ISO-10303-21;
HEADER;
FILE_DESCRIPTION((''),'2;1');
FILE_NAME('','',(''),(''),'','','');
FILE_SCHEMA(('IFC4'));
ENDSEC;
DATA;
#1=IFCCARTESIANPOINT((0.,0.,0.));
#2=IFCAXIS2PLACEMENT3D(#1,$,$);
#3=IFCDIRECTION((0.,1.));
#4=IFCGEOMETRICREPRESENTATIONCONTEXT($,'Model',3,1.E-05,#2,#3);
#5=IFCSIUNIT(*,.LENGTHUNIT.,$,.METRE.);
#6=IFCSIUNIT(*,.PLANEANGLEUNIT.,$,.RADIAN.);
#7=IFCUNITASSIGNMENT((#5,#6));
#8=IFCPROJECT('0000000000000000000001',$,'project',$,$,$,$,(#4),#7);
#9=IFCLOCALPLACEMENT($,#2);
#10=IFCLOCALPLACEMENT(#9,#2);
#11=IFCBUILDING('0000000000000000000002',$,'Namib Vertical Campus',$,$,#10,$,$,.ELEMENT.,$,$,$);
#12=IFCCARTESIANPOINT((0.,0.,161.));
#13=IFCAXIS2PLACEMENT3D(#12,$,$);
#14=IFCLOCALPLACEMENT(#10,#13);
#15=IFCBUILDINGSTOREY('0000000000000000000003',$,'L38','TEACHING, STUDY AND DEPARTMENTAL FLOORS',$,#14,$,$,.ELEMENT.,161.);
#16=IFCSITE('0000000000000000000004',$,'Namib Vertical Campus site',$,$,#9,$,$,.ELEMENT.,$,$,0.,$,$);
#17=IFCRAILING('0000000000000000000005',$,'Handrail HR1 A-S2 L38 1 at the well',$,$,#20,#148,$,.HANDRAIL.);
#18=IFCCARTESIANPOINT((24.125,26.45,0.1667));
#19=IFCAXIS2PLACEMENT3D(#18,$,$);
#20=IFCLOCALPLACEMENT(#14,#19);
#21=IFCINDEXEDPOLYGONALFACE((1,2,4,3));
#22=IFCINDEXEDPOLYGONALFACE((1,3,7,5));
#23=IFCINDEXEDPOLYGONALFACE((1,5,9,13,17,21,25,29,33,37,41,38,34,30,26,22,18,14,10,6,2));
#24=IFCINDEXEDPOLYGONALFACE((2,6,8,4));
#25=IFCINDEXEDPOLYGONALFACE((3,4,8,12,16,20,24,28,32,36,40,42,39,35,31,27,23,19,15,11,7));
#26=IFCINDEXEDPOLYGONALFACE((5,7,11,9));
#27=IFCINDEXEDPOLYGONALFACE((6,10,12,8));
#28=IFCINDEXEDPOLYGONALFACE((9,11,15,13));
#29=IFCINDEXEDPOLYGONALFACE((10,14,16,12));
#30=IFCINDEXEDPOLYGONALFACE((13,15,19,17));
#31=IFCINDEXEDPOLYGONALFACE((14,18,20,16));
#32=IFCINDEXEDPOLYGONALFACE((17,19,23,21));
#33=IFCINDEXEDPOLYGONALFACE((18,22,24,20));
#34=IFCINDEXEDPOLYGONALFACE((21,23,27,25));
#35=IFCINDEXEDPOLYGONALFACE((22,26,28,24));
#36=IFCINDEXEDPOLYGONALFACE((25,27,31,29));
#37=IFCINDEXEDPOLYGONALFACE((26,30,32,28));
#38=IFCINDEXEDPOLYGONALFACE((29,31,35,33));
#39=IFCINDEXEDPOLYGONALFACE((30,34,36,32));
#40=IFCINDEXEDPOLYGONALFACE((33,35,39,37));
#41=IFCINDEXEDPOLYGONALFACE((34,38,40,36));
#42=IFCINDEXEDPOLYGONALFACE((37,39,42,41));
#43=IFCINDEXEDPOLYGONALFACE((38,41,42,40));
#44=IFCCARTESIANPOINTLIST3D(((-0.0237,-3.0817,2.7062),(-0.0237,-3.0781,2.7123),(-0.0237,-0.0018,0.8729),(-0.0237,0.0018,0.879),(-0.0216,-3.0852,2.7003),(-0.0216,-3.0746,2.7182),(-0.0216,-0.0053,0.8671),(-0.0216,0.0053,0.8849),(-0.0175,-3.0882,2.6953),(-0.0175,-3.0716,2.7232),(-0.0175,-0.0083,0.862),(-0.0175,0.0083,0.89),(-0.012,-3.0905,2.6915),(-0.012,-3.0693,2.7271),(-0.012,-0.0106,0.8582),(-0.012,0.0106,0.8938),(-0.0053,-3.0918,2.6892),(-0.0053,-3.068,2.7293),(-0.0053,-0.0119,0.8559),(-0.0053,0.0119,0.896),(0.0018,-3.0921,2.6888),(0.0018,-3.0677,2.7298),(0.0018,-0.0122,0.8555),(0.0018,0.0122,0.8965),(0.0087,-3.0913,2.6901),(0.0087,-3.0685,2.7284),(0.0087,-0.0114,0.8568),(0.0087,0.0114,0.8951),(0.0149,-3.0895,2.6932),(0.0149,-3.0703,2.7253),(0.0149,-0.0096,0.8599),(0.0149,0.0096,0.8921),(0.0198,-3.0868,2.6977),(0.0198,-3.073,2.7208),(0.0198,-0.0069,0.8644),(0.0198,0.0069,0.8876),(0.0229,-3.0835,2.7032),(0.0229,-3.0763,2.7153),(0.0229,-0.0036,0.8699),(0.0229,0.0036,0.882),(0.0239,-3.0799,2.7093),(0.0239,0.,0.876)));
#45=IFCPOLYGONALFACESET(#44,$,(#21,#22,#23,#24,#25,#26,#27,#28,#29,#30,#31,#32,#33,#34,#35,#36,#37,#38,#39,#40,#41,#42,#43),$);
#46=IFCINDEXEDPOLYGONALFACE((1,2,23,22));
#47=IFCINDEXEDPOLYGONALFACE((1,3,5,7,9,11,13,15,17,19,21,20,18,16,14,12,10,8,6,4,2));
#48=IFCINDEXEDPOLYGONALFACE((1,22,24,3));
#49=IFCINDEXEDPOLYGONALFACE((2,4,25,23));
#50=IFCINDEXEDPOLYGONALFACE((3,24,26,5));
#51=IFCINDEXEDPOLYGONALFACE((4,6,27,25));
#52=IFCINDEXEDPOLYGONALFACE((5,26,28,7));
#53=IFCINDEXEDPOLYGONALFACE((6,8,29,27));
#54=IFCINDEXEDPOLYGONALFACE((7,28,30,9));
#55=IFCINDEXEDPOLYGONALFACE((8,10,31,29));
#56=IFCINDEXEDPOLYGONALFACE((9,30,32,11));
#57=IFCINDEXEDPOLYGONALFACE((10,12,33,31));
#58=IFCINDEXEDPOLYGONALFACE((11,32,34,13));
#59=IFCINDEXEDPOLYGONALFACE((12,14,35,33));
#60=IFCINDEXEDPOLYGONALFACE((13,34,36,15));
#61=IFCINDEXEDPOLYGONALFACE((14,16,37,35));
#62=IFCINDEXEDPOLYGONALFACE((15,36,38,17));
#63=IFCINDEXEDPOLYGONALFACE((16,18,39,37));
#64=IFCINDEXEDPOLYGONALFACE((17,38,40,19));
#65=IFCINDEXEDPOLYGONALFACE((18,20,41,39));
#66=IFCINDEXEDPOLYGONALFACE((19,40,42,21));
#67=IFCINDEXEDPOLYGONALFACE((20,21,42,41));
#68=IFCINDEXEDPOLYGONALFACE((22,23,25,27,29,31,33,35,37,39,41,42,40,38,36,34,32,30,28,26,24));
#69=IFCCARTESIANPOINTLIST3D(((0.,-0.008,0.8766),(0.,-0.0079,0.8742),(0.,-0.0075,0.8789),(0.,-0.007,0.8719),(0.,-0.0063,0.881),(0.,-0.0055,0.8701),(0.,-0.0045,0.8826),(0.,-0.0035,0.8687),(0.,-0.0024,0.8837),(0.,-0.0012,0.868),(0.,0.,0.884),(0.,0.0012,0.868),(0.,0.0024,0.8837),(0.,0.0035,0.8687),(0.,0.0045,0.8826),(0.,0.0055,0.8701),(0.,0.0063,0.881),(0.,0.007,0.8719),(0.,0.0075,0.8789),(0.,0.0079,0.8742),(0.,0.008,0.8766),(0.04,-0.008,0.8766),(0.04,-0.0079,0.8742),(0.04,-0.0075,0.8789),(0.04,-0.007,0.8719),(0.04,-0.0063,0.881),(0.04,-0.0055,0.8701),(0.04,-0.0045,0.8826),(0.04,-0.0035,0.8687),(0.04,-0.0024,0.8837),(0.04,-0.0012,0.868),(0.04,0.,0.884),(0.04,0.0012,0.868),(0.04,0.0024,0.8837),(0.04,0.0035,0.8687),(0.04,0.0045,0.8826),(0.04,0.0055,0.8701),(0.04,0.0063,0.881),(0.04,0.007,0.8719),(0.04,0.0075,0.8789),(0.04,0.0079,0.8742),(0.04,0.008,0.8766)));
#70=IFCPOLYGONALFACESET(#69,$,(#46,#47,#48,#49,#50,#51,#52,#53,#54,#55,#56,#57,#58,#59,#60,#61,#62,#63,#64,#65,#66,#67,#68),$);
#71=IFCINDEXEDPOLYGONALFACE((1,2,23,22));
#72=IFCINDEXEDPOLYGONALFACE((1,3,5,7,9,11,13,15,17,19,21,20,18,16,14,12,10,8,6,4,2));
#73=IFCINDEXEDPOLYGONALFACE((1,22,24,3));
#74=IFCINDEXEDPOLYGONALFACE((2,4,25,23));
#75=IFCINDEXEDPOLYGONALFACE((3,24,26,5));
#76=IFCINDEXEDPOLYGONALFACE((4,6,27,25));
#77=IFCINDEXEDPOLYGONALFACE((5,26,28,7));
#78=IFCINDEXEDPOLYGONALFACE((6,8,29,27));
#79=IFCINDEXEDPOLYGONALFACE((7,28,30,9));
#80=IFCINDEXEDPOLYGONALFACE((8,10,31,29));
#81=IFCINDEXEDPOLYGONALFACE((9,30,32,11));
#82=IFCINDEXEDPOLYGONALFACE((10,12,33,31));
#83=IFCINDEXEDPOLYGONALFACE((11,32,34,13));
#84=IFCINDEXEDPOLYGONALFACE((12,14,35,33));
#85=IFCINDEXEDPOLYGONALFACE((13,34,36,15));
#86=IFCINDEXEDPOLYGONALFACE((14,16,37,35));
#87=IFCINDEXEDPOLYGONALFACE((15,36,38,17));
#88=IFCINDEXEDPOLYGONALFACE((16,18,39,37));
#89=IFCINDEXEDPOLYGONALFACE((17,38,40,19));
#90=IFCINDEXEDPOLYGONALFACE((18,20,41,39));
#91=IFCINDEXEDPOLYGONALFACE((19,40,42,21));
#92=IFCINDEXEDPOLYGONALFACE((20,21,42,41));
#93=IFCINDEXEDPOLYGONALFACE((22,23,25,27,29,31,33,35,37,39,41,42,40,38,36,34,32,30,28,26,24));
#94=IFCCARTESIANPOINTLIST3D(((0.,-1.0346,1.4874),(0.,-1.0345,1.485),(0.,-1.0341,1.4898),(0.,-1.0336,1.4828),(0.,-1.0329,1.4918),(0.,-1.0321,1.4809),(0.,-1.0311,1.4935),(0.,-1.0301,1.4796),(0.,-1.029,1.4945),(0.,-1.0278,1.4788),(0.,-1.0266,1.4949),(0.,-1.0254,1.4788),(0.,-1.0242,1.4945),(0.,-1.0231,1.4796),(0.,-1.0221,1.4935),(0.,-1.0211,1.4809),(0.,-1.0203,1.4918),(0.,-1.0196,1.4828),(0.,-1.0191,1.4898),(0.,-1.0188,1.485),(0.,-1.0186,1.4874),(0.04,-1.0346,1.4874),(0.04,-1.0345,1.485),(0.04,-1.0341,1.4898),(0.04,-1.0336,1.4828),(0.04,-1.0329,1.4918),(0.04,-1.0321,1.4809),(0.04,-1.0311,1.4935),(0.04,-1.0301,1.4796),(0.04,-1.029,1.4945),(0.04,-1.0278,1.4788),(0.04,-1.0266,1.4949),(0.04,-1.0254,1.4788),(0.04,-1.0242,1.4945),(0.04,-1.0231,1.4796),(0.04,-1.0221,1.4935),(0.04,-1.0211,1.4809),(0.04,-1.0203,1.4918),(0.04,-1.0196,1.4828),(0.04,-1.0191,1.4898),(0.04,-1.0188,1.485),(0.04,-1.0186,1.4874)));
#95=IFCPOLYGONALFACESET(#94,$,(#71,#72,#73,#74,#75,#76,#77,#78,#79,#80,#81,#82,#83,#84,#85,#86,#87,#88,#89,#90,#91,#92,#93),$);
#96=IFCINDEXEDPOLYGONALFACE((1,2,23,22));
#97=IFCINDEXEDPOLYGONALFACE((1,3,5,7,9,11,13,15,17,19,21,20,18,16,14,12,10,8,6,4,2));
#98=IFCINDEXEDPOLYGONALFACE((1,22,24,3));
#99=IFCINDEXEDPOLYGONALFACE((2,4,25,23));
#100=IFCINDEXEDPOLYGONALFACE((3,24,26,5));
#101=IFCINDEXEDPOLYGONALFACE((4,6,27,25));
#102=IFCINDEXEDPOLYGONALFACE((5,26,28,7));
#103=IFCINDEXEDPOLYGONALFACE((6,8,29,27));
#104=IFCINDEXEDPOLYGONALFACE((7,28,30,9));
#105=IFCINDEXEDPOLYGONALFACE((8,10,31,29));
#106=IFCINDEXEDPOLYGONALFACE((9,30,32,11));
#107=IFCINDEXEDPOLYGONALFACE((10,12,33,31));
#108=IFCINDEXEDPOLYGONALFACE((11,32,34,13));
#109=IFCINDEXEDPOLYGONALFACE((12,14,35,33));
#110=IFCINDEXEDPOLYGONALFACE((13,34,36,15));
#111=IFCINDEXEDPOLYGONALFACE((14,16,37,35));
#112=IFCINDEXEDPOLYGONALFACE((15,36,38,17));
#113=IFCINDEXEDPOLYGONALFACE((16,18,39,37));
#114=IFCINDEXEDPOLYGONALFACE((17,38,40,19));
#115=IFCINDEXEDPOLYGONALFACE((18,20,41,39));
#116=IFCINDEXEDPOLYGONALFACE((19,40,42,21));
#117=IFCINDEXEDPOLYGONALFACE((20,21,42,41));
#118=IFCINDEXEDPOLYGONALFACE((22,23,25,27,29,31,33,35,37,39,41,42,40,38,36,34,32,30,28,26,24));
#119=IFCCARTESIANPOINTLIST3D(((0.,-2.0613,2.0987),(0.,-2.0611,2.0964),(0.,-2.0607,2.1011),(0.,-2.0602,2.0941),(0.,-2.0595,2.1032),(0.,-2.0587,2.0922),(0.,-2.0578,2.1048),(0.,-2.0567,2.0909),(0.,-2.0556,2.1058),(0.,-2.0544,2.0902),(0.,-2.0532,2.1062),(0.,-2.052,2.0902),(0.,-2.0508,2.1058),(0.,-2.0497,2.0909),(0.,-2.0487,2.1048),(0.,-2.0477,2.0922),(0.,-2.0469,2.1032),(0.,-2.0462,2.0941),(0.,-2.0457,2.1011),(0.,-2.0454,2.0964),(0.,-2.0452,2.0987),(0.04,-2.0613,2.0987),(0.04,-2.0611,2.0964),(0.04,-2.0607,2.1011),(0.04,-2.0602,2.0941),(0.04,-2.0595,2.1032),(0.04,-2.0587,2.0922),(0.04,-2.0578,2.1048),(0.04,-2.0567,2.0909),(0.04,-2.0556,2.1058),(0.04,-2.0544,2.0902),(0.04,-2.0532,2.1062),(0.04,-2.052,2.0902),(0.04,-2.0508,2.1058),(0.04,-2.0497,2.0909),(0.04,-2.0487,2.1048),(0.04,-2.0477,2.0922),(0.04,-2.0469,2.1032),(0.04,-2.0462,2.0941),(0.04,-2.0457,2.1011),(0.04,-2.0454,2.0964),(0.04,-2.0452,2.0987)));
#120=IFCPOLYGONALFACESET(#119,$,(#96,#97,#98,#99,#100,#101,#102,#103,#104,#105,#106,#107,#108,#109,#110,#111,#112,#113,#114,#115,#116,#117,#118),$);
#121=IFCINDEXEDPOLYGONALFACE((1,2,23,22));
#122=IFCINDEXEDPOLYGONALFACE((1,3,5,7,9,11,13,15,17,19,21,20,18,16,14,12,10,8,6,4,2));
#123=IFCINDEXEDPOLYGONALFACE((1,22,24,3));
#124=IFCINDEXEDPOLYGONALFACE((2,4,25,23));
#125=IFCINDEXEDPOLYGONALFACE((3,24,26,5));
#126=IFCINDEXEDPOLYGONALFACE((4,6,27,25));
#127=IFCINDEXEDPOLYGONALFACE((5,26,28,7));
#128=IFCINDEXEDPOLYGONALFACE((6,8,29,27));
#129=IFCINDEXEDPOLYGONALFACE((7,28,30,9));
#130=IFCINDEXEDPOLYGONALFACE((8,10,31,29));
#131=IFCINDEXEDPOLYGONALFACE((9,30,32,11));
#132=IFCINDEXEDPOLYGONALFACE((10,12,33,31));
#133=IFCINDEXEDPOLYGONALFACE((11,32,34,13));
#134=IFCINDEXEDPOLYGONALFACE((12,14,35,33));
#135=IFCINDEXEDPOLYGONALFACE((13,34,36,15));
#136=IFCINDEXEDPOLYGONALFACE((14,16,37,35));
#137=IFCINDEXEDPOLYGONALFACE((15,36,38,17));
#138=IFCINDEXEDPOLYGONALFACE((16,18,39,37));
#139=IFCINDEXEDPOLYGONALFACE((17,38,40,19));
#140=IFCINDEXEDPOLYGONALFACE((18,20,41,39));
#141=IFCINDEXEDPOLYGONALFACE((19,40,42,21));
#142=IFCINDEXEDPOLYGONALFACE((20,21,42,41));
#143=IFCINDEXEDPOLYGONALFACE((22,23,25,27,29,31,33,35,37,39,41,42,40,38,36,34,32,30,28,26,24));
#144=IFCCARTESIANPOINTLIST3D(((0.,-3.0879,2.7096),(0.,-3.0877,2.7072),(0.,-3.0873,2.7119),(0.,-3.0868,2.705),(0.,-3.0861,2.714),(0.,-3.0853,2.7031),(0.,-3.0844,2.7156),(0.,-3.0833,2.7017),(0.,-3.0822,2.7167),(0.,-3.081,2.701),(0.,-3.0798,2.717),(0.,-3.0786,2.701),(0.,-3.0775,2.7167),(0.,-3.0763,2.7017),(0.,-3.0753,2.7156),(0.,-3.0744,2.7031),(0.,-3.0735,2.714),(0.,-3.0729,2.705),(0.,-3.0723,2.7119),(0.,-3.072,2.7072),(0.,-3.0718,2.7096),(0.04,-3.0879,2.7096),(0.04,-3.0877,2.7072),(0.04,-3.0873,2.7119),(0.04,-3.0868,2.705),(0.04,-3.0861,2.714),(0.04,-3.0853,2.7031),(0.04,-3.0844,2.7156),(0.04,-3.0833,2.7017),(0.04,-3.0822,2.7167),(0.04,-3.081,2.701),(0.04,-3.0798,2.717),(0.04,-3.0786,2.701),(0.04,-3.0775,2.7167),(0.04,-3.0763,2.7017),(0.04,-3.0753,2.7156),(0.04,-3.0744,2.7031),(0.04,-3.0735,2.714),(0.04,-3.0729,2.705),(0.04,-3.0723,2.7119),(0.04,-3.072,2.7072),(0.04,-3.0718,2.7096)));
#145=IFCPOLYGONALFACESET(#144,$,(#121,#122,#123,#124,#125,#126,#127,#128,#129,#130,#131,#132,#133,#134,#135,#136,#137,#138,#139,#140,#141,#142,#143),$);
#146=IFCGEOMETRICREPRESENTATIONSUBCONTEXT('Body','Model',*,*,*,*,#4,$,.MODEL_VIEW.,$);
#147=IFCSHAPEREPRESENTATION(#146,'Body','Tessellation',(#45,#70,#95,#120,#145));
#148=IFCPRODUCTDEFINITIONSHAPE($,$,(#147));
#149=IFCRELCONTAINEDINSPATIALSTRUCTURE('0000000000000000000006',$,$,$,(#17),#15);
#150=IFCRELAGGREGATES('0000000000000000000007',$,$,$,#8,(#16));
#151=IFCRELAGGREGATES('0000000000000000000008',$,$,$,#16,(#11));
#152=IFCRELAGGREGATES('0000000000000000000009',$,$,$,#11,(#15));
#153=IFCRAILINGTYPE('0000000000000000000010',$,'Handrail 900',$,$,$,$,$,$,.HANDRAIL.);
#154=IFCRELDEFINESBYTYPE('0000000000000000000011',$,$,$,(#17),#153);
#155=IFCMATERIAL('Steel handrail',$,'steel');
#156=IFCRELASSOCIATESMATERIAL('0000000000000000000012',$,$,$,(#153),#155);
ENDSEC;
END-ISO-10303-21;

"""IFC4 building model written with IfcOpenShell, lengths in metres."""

from ifc_helpers import new_model, si_unit, direction, frame, origin, origin_2d, place, context, subcontext, project, spatial, circle, extrude, material, type_object, element, save


model = new_model("IFC4")

# Units and contexts
model_context = context("Model", 3, precision=1e-05, world=origin(), true_north=direction((0.0, 1.0)))
body_context = subcontext(model_context, "Body", "Model", "MODEL_VIEW")
ifc_project = project(units=[si_unit("LENGTHUNIT", "METRE"), si_unit("PLANEANGLEUNIT", "RADIAN")], contexts=[model_context])

# Site, building, storey
site_placement = place(None, origin())
site = spatial("IfcSite", under=ifc_project, at=site_placement, Name="Namib Vertical Campus site", CompositionType="ELEMENT", RefElevation=0.0)
building_placement = place(site_placement, origin())
building = spatial("IfcBuilding", under=site, at=building_placement, Name="Namib Vertical Campus", CompositionType="ELEMENT")
storey_placement = place(building_placement, frame((0.0, 0.0, 161.0)))
storey = spatial("IfcBuildingStorey", under=building, at=storey_placement, Name="L38", Description="TEACHING, STUDY AND DEPARTMENTAL FLOORS", CompositionType="ELEMENT", Elevation=161.0)

# Railing
ifc_material_1 = material(Name="Steel handrail", Category="steel")
railing_type_1 = type_object("IfcRailingType", Name="Handrail 900", PredefinedType="HANDRAIL", material=ifc_material_1)
railing_1_placement = place(storey_placement, frame((24.125, 26.45, 0.1667)))
element("IfcRailing", 1, at=railing_1_placement, inside=storey, type_object=railing_type_1, Name="Handrail HR1 A-S2 L38 1 at the well", PredefinedType="HANDRAIL", context=body_context, shape_type="SweptSolid", body=[
    extrude(circle(Radius=0.0239, at=origin_2d()), frame((0.0, 0.0, 0.876), z_axis=(0.0, -0.859291, 0.511487), x_axis=(1.0, 0.0, 0.0)), (0.0, 0.0, 1.0), 3.5842),
    extrude(circle(Radius=0.0081, at=origin_2d()), frame((0.0, 0.0, 0.876), z_axis=(1.0, 0.0, 0.0), x_axis=(0.0, 0.0, 1.0)), (0.0, 0.0, 1.0), 0.04),
    extrude(circle(Radius=0.0081, at=origin_2d()), frame((0.0, -1.0266, 1.4868), z_axis=(1.0, 0.0, 0.0), x_axis=(0.0, 0.0, 1.0)), (0.0, 0.0, 1.0), 0.04),
    extrude(circle(Radius=0.0081, at=origin_2d()), frame((0.0, -2.0532, 2.0981), z_axis=(1.0, 0.0, 0.0), x_axis=(0.0, 0.0, 1.0)), (0.0, 0.0, 1.0), 0.04),
    extrude(circle(Radius=0.0081, at=origin_2d()), frame((0.0, -3.0798, 2.709), z_axis=(1.0, 0.0, 0.0), x_axis=(0.0, 0.0, 1.0)), (0.0, 0.0, 1.0), 0.04),
])

save(model, "model.ifc")
